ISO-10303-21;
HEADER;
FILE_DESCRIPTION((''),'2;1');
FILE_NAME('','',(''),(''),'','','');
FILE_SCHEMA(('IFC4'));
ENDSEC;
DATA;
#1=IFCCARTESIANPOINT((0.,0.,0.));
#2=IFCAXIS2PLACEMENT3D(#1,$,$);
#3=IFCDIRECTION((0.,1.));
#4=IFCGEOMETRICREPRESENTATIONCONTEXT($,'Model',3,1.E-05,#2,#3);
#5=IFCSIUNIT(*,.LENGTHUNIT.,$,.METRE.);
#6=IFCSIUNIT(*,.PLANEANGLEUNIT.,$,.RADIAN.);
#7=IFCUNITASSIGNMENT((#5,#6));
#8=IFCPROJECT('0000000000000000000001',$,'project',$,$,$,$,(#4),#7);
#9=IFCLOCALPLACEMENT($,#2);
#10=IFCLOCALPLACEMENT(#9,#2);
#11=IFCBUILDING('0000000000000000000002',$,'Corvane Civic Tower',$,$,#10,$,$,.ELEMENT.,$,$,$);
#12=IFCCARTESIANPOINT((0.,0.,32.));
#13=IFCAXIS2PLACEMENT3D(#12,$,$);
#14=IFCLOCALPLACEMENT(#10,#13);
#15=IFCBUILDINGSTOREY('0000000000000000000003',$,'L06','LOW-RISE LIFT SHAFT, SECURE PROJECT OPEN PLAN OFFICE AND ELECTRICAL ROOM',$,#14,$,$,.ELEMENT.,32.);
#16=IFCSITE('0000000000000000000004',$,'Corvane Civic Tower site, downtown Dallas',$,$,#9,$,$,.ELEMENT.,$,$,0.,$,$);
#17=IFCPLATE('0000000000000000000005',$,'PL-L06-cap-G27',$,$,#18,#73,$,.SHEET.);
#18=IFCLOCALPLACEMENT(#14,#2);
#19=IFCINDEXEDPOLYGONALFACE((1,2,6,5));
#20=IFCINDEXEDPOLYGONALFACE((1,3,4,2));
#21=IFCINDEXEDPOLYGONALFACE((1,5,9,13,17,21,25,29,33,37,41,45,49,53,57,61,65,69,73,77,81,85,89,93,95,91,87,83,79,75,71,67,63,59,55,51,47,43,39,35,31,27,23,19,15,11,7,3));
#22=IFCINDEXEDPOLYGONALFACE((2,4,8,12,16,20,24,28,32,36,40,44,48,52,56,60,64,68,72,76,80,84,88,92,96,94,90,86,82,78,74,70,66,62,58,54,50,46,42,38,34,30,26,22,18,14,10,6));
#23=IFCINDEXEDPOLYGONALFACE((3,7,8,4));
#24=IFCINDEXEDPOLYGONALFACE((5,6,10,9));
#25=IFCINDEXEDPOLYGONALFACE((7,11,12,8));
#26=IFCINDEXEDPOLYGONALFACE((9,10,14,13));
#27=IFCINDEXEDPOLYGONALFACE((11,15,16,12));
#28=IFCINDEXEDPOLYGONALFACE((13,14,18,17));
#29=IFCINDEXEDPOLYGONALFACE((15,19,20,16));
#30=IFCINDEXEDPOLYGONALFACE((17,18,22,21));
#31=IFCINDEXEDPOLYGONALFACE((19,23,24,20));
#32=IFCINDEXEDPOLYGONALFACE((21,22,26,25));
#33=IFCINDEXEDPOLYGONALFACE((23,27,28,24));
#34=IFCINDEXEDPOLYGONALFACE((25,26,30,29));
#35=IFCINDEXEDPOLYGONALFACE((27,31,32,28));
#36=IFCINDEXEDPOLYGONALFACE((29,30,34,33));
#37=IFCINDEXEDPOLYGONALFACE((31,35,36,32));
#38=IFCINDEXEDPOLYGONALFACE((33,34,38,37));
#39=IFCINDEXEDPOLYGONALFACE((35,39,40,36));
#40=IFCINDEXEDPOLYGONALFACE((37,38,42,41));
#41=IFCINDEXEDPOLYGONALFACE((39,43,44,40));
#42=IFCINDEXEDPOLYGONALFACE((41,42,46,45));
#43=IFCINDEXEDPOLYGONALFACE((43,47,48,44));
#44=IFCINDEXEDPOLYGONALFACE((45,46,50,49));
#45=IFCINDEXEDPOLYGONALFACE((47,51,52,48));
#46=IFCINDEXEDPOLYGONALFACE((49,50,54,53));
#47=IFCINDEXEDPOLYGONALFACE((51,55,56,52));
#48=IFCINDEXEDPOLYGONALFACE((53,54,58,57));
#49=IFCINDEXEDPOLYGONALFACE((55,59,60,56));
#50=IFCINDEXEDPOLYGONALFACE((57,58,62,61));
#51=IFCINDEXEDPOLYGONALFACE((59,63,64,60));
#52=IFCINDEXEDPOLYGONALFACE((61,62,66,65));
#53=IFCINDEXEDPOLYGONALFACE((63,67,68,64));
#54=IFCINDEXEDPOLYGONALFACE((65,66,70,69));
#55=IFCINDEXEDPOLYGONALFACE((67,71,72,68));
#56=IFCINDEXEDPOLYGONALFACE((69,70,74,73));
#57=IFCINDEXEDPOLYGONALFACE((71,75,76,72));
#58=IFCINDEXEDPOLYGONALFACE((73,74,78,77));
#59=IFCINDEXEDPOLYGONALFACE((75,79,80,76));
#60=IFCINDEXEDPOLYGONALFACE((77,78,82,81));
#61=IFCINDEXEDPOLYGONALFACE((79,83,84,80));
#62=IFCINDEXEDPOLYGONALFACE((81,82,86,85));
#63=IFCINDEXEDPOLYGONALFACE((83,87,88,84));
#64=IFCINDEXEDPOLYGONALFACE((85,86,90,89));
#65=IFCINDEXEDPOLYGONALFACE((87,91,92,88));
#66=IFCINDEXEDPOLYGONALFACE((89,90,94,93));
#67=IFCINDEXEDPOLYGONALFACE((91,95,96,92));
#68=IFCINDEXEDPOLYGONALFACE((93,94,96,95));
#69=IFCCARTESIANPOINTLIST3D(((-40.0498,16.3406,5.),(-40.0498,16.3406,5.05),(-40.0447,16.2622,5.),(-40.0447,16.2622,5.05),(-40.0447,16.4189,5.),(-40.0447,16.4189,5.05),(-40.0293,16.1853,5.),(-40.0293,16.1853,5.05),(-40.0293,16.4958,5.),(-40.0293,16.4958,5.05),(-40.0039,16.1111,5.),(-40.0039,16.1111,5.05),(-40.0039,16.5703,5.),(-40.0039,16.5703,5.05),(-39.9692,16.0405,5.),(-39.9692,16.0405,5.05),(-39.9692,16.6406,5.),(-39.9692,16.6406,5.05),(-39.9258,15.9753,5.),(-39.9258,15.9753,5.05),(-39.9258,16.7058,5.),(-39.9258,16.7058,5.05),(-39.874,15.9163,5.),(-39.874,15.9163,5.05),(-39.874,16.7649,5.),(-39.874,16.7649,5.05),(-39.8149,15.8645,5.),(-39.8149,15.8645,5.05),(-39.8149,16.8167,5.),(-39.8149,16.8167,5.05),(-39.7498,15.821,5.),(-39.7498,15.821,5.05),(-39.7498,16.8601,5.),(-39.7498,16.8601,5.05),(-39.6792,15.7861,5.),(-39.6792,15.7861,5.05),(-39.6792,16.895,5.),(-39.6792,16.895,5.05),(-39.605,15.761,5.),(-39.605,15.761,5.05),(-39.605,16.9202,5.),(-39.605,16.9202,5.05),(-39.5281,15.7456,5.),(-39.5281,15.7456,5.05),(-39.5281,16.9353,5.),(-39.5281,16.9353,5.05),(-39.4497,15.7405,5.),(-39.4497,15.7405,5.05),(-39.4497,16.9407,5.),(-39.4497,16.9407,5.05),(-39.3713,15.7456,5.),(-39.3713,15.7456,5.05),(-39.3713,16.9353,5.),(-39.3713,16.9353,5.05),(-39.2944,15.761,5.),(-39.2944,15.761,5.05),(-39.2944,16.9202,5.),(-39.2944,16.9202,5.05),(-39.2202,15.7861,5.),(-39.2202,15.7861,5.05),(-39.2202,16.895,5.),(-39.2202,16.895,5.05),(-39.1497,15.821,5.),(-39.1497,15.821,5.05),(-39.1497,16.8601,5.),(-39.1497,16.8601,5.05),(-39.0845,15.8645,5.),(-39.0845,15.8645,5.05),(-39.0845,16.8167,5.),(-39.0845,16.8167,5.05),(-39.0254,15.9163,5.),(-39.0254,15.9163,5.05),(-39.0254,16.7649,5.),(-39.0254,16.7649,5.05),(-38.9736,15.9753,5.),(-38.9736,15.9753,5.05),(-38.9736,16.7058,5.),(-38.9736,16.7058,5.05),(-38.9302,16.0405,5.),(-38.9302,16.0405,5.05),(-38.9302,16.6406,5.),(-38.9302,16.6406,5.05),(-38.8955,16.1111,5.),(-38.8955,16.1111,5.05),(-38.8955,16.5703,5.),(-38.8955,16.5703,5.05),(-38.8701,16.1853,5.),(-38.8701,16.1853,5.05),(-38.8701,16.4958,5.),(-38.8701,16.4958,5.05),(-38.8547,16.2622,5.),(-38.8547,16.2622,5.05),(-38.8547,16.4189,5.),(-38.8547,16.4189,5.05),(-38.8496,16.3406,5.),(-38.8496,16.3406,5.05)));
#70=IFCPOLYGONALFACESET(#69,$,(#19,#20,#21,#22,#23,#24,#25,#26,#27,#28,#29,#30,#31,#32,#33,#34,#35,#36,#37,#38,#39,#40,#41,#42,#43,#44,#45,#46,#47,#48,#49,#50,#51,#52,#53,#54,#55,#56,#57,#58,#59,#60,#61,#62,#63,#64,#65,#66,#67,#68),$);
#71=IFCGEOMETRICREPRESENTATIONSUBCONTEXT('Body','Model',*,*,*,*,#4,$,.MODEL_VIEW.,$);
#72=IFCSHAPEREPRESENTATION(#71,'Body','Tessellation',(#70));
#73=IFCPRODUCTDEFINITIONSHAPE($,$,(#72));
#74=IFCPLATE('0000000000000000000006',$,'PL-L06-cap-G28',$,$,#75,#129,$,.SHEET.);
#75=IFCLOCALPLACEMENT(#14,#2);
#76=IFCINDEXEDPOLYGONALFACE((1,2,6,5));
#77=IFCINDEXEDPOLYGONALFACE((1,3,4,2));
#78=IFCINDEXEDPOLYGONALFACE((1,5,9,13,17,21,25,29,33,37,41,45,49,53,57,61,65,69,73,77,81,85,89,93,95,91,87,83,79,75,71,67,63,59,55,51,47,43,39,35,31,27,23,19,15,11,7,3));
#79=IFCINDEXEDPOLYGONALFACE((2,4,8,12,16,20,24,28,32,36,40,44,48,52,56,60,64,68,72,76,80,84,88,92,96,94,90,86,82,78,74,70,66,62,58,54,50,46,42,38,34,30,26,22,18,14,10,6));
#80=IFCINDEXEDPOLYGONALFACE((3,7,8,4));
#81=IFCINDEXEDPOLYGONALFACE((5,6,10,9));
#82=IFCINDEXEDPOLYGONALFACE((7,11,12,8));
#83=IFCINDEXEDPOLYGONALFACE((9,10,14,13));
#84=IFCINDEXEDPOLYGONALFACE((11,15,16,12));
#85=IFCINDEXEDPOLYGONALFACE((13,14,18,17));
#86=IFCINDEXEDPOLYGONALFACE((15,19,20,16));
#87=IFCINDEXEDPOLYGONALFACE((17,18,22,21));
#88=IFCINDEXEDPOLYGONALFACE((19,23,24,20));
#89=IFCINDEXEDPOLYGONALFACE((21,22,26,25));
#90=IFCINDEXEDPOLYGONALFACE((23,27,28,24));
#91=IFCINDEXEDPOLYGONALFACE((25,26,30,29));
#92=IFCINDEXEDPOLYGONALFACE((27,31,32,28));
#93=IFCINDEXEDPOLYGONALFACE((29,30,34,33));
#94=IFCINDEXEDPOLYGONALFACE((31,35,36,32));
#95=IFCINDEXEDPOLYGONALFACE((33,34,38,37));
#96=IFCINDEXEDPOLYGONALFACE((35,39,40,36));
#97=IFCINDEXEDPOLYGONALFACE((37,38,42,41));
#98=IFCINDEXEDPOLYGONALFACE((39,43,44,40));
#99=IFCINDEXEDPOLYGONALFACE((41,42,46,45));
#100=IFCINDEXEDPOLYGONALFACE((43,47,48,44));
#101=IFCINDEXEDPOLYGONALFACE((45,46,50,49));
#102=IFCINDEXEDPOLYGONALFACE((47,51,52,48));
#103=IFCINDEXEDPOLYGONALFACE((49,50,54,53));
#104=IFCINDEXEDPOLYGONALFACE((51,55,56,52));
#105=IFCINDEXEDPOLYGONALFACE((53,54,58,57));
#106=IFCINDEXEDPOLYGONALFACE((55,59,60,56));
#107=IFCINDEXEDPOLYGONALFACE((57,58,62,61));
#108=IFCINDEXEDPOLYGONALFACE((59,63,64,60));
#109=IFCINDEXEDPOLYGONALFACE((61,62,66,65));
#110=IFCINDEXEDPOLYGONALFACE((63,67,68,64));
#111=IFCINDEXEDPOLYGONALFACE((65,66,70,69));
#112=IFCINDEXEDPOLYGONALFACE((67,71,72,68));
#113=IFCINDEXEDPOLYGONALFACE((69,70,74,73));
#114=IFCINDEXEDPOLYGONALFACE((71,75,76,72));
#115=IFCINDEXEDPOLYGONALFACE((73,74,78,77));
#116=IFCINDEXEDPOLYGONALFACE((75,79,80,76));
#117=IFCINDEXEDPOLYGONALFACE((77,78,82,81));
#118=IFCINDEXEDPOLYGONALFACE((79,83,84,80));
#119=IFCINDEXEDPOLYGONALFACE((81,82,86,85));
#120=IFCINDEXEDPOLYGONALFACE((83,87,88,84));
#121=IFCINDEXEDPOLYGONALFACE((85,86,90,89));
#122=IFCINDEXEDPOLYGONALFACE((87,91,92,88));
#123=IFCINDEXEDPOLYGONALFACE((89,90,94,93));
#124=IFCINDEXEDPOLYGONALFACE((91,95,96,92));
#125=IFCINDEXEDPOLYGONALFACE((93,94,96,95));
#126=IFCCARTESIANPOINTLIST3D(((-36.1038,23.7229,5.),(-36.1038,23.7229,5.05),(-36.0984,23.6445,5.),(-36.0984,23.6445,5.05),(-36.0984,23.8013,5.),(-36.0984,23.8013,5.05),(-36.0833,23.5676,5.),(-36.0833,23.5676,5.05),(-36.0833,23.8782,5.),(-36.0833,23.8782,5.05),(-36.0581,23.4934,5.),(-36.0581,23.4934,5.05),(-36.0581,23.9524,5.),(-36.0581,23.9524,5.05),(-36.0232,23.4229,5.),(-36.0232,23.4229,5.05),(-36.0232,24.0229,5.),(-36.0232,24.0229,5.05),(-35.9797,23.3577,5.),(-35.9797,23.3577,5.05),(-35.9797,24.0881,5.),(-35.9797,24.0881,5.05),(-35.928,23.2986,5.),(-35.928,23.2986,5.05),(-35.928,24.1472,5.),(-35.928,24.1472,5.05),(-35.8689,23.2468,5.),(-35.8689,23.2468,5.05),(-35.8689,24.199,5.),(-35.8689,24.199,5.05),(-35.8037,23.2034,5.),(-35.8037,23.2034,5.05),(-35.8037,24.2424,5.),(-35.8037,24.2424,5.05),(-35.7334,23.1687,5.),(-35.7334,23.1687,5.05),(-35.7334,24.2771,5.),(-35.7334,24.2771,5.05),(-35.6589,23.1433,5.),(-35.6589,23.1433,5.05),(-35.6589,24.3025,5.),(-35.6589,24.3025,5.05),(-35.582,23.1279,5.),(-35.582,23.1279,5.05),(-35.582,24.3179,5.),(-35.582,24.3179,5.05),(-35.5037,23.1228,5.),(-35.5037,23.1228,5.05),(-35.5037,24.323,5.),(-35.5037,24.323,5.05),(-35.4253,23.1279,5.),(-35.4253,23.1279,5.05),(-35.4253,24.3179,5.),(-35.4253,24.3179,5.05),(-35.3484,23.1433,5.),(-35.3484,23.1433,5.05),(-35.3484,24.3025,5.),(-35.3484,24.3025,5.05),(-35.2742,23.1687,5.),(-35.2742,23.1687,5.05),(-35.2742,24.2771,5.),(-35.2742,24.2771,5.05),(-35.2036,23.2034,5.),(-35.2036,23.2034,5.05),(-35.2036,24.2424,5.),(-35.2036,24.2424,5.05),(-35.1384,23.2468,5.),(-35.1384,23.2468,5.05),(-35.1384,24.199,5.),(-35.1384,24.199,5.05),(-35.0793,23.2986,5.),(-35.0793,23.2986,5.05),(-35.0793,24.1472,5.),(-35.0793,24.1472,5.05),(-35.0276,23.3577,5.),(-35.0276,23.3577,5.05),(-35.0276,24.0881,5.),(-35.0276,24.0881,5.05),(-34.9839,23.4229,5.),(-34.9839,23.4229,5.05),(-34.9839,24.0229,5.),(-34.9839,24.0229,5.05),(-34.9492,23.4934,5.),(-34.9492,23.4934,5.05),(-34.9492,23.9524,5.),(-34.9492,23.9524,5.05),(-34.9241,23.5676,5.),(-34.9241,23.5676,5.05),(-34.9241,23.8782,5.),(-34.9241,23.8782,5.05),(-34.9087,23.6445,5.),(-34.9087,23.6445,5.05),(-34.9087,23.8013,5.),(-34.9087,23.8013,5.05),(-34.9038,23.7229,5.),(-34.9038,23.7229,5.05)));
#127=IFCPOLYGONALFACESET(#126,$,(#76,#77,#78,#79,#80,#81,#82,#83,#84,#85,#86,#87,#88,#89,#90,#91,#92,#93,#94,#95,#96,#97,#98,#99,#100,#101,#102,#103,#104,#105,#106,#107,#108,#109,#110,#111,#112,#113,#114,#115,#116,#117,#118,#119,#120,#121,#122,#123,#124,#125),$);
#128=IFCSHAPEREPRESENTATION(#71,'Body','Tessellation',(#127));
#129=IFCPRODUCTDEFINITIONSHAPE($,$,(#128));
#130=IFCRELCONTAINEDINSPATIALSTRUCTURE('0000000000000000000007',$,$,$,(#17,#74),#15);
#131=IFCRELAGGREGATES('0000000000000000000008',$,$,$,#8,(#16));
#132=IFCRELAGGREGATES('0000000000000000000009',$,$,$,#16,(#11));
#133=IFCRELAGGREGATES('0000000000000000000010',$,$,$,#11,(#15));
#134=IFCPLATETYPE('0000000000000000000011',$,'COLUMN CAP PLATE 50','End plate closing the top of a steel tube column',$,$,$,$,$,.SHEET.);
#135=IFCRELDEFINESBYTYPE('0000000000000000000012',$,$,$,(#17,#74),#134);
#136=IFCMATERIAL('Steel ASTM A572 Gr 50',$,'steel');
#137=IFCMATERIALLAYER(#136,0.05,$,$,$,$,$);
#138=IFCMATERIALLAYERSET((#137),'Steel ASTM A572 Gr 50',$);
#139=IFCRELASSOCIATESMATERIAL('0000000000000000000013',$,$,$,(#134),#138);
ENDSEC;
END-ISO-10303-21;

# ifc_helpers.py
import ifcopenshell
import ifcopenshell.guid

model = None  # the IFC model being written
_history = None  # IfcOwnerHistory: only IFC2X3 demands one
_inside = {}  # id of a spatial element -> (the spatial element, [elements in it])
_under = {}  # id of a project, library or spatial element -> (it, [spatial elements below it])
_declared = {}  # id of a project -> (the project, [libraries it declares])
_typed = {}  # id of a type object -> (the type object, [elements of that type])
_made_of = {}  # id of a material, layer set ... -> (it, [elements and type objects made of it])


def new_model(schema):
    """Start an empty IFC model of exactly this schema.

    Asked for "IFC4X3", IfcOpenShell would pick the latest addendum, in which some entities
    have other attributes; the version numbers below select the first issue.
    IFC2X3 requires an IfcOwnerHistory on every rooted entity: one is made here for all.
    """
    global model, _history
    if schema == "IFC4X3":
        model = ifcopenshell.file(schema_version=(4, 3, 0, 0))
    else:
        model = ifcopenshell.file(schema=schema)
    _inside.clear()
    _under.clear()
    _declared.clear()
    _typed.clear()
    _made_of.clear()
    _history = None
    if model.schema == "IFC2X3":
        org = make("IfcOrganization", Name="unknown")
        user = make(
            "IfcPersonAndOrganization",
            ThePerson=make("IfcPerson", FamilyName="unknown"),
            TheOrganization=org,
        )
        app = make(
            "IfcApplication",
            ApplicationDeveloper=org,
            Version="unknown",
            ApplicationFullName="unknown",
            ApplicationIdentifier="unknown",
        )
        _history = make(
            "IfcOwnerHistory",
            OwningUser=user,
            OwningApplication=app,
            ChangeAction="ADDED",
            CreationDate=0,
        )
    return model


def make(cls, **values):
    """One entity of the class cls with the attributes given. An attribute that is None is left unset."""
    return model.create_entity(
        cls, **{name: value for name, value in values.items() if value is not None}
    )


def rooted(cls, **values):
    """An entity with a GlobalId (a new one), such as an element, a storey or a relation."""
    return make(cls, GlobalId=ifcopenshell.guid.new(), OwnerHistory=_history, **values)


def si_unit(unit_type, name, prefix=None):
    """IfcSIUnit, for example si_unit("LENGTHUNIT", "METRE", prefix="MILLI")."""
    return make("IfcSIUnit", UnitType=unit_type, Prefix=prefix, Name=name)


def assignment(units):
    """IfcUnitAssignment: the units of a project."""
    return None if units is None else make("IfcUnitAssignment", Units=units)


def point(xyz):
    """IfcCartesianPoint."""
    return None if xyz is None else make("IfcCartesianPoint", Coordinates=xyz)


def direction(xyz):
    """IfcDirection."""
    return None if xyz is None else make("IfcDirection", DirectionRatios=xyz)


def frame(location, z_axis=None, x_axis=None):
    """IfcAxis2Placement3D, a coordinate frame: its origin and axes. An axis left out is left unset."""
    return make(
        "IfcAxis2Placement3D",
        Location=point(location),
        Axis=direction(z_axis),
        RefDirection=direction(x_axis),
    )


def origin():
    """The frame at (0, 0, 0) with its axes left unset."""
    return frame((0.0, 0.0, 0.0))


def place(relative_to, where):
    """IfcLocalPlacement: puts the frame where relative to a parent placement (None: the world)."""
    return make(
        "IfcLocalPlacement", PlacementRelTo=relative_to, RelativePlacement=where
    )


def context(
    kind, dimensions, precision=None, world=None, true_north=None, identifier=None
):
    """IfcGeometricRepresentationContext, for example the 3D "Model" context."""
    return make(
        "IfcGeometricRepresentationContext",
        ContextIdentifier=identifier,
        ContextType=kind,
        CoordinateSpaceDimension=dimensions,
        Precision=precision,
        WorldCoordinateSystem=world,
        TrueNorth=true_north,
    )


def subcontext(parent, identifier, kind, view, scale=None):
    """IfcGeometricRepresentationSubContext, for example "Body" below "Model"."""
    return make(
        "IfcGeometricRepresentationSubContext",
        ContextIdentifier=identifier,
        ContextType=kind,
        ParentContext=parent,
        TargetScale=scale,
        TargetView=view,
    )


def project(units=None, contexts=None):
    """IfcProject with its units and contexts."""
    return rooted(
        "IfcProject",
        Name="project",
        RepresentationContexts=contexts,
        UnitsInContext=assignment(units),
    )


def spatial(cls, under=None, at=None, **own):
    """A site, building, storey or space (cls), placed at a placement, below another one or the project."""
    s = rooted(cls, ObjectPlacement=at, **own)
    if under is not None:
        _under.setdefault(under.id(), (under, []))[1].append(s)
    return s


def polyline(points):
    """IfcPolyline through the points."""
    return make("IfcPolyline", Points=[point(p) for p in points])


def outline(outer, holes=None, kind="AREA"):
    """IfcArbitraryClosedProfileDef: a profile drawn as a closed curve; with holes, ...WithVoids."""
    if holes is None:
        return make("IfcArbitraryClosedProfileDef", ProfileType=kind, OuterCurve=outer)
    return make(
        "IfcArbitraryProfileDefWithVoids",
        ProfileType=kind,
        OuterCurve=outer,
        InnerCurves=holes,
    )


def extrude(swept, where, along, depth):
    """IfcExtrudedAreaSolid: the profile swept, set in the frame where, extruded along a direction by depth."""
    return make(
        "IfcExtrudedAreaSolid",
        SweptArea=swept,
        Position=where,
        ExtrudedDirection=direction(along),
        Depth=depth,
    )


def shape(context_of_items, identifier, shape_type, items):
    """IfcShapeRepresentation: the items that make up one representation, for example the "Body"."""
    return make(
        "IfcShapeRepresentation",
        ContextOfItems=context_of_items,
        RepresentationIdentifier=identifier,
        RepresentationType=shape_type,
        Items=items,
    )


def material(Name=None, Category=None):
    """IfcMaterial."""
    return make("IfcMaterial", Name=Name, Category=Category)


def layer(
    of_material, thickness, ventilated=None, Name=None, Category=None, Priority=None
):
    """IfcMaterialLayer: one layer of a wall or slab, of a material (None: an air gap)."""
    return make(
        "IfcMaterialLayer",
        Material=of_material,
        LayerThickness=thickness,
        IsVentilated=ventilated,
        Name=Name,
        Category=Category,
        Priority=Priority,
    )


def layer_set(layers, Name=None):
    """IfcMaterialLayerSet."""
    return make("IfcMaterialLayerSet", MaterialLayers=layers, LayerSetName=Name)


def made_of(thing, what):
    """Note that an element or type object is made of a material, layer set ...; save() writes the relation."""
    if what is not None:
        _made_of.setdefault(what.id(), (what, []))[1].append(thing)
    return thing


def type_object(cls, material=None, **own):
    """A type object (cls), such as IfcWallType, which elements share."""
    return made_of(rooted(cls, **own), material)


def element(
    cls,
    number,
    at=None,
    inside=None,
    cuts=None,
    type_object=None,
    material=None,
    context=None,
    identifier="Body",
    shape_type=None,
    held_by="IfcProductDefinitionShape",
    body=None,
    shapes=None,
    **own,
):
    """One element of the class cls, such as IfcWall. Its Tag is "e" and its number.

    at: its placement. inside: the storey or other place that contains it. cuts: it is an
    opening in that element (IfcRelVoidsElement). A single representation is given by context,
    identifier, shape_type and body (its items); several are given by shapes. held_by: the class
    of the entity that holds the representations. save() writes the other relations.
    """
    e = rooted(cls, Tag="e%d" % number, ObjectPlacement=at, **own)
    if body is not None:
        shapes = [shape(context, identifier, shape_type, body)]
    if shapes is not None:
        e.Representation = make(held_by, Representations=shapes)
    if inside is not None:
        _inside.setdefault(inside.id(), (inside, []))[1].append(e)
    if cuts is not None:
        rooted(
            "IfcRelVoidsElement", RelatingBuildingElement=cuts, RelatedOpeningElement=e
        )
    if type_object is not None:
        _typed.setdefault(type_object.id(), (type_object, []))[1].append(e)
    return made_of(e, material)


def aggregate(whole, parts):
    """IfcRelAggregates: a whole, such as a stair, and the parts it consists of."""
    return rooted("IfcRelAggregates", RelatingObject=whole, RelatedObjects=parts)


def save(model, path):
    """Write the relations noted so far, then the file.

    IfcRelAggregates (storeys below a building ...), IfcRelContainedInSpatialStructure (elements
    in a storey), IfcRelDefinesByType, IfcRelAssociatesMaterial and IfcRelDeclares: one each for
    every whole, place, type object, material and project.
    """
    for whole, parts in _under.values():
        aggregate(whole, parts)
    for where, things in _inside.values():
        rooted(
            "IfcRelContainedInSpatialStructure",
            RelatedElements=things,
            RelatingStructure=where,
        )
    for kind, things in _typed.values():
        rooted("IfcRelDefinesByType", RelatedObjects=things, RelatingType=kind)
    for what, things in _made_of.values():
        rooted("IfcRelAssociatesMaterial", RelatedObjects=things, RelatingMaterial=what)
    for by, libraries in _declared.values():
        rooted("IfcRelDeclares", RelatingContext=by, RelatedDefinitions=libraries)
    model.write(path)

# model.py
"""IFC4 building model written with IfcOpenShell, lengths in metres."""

from ifc_helpers import new_model, si_unit, direction, frame, origin, place, context, subcontext, project, spatial, polyline, outline, extrude, material, layer, layer_set, type_object, element, save


model = new_model("IFC4")

# Units and contexts
model_context = context("Model", 3, precision=1e-05, world=origin(), true_north=direction((0.0, 1.0)))
body_context = subcontext(model_context, "Body", "Model", "MODEL_VIEW")
ifc_project = project(units=[si_unit("LENGTHUNIT", "METRE"), si_unit("PLANEANGLEUNIT", "RADIAN")], contexts=[model_context])

# Site, building, storey
site_placement = place(None, origin())
site = spatial("IfcSite", under=ifc_project, at=site_placement, Name="Corvane Civic Tower site, downtown Dallas", CompositionType="ELEMENT", RefElevation=0.0)
building_placement = place(site_placement, origin())
building = spatial("IfcBuilding", under=site, at=building_placement, Name="Corvane Civic Tower", CompositionType="ELEMENT")
storey_placement = place(building_placement, frame((0.0, 0.0, 32.0)))
storey = spatial("IfcBuildingStorey", under=building, at=storey_placement, Name="L06", Description="LOW-RISE LIFT SHAFT, SECURE PROJECT OPEN PLAN OFFICE AND ELECTRICAL ROOM", CompositionType="ELEMENT", Elevation=32.0)

# Plates
ifc_material_1 = material(Name="Steel ASTM A572 Gr 50", Category="steel")
ifc_layer = layer(ifc_material_1, 0.05)
ifc_layer_set = layer_set([ifc_layer], Name="Steel ASTM A572 Gr 50")
plate_type = type_object("IfcPlateType", Name="COLUMN CAP PLATE 50", Description="End plate closing the top of a steel tube column", PredefinedType="SHEET", material=ifc_layer_set)
plate_1_placement = place(storey_placement, frame((0.0, 0.0, 5.0)))
element("IfcPlate", 1, at=plate_1_placement, inside=storey, type_object=plate_type, Name="PL-L06-cap-G27", PredefinedType="SHEET", context=body_context, shape_type="SweptSolid", body=[
    extrude(outline(polyline([(-38.8496, 16.3406), (-38.8547, 16.4189), (-38.8701, 16.4958), (-38.8955, 16.5703), (-38.9302, 16.6406), (-38.9736, 16.7058), (-39.0254, 16.7649), (-39.0845, 16.8167), (-39.1497, 16.8601), (-39.2202, 16.895), (-39.2944, 16.9202), (-39.3713, 16.9353), (-39.4497, 16.9407), (-39.5281, 16.9353), (-39.605, 16.9202), (-39.6792, 16.895), (-39.7498, 16.8601), (-39.8149, 16.8167), (-39.874, 16.7649), (-39.9258, 16.7058), (-39.9692, 16.6406), (-40.0039, 16.5703), (-40.0293, 16.4958), (-40.0447, 16.4189), (-40.0498, 16.3406), (-40.0447, 16.2622), (-40.0293, 16.1853), (-40.0039, 16.1111), (-39.9692, 16.0405), (-39.9258, 15.9753), (-39.874, 15.9163), (-39.8149, 15.8645), (-39.7498, 15.821), (-39.6792, 15.7861), (-39.605, 15.761), (-39.5281, 15.7456), (-39.4497, 15.7405), (-39.3713, 15.7456), (-39.2944, 15.761), (-39.2202, 15.7861), (-39.1497, 15.821), (-39.0845, 15.8645), (-39.0254, 15.9163), (-38.9736, 15.9753), (-38.9302, 16.0405), (-38.8955, 16.1111), (-38.8701, 16.1853), (-38.8547, 16.2622), (-38.8496, 16.3406)])), origin(), (0.0, 0.0, 1.0), 0.05),
])
plate_2_placement = place(storey_placement, frame((0.0, 0.0, 5.0)))
element("IfcPlate", 2, at=plate_2_placement, inside=storey, type_object=plate_type, Name="PL-L06-cap-G28", PredefinedType="SHEET", context=body_context, shape_type="SweptSolid", body=[
    extrude(outline(polyline([(-34.9038, 23.7229), (-34.9087, 23.8013), (-34.9241, 23.8782), (-34.9492, 23.9524), (-34.9839, 24.0229), (-35.0276, 24.0881), (-35.0793, 24.1472), (-35.1384, 24.199), (-35.2036, 24.2424), (-35.2742, 24.2771), (-35.3484, 24.3025), (-35.4253, 24.3179), (-35.5037, 24.323), (-35.582, 24.3179), (-35.6589, 24.3025), (-35.7334, 24.2771), (-35.8037, 24.2424), (-35.8689, 24.199), (-35.928, 24.1472), (-35.9797, 24.0881), (-36.0232, 24.0229), (-36.0581, 23.9524), (-36.0833, 23.8782), (-36.0984, 23.8013), (-36.1038, 23.7229), (-36.0984, 23.6445), (-36.0833, 23.5676), (-36.0581, 23.4934), (-36.0232, 23.4229), (-35.9797, 23.3577), (-35.928, 23.2986), (-35.8689, 23.2468), (-35.8037, 23.2034), (-35.7334, 23.1687), (-35.6589, 23.1433), (-35.582, 23.1279), (-35.5037, 23.1228), (-35.4253, 23.1279), (-35.3484, 23.1433), (-35.2742, 23.1687), (-35.2036, 23.2034), (-35.1384, 23.2468), (-35.0793, 23.2986), (-35.0276, 23.3577), (-34.9839, 23.4229), (-34.9492, 23.4934), (-34.9241, 23.5676), (-34.9087, 23.6445), (-34.9038, 23.7229)])), origin(), (0.0, 0.0, 1.0), 0.05),
])

save(model, "model.ifc")
